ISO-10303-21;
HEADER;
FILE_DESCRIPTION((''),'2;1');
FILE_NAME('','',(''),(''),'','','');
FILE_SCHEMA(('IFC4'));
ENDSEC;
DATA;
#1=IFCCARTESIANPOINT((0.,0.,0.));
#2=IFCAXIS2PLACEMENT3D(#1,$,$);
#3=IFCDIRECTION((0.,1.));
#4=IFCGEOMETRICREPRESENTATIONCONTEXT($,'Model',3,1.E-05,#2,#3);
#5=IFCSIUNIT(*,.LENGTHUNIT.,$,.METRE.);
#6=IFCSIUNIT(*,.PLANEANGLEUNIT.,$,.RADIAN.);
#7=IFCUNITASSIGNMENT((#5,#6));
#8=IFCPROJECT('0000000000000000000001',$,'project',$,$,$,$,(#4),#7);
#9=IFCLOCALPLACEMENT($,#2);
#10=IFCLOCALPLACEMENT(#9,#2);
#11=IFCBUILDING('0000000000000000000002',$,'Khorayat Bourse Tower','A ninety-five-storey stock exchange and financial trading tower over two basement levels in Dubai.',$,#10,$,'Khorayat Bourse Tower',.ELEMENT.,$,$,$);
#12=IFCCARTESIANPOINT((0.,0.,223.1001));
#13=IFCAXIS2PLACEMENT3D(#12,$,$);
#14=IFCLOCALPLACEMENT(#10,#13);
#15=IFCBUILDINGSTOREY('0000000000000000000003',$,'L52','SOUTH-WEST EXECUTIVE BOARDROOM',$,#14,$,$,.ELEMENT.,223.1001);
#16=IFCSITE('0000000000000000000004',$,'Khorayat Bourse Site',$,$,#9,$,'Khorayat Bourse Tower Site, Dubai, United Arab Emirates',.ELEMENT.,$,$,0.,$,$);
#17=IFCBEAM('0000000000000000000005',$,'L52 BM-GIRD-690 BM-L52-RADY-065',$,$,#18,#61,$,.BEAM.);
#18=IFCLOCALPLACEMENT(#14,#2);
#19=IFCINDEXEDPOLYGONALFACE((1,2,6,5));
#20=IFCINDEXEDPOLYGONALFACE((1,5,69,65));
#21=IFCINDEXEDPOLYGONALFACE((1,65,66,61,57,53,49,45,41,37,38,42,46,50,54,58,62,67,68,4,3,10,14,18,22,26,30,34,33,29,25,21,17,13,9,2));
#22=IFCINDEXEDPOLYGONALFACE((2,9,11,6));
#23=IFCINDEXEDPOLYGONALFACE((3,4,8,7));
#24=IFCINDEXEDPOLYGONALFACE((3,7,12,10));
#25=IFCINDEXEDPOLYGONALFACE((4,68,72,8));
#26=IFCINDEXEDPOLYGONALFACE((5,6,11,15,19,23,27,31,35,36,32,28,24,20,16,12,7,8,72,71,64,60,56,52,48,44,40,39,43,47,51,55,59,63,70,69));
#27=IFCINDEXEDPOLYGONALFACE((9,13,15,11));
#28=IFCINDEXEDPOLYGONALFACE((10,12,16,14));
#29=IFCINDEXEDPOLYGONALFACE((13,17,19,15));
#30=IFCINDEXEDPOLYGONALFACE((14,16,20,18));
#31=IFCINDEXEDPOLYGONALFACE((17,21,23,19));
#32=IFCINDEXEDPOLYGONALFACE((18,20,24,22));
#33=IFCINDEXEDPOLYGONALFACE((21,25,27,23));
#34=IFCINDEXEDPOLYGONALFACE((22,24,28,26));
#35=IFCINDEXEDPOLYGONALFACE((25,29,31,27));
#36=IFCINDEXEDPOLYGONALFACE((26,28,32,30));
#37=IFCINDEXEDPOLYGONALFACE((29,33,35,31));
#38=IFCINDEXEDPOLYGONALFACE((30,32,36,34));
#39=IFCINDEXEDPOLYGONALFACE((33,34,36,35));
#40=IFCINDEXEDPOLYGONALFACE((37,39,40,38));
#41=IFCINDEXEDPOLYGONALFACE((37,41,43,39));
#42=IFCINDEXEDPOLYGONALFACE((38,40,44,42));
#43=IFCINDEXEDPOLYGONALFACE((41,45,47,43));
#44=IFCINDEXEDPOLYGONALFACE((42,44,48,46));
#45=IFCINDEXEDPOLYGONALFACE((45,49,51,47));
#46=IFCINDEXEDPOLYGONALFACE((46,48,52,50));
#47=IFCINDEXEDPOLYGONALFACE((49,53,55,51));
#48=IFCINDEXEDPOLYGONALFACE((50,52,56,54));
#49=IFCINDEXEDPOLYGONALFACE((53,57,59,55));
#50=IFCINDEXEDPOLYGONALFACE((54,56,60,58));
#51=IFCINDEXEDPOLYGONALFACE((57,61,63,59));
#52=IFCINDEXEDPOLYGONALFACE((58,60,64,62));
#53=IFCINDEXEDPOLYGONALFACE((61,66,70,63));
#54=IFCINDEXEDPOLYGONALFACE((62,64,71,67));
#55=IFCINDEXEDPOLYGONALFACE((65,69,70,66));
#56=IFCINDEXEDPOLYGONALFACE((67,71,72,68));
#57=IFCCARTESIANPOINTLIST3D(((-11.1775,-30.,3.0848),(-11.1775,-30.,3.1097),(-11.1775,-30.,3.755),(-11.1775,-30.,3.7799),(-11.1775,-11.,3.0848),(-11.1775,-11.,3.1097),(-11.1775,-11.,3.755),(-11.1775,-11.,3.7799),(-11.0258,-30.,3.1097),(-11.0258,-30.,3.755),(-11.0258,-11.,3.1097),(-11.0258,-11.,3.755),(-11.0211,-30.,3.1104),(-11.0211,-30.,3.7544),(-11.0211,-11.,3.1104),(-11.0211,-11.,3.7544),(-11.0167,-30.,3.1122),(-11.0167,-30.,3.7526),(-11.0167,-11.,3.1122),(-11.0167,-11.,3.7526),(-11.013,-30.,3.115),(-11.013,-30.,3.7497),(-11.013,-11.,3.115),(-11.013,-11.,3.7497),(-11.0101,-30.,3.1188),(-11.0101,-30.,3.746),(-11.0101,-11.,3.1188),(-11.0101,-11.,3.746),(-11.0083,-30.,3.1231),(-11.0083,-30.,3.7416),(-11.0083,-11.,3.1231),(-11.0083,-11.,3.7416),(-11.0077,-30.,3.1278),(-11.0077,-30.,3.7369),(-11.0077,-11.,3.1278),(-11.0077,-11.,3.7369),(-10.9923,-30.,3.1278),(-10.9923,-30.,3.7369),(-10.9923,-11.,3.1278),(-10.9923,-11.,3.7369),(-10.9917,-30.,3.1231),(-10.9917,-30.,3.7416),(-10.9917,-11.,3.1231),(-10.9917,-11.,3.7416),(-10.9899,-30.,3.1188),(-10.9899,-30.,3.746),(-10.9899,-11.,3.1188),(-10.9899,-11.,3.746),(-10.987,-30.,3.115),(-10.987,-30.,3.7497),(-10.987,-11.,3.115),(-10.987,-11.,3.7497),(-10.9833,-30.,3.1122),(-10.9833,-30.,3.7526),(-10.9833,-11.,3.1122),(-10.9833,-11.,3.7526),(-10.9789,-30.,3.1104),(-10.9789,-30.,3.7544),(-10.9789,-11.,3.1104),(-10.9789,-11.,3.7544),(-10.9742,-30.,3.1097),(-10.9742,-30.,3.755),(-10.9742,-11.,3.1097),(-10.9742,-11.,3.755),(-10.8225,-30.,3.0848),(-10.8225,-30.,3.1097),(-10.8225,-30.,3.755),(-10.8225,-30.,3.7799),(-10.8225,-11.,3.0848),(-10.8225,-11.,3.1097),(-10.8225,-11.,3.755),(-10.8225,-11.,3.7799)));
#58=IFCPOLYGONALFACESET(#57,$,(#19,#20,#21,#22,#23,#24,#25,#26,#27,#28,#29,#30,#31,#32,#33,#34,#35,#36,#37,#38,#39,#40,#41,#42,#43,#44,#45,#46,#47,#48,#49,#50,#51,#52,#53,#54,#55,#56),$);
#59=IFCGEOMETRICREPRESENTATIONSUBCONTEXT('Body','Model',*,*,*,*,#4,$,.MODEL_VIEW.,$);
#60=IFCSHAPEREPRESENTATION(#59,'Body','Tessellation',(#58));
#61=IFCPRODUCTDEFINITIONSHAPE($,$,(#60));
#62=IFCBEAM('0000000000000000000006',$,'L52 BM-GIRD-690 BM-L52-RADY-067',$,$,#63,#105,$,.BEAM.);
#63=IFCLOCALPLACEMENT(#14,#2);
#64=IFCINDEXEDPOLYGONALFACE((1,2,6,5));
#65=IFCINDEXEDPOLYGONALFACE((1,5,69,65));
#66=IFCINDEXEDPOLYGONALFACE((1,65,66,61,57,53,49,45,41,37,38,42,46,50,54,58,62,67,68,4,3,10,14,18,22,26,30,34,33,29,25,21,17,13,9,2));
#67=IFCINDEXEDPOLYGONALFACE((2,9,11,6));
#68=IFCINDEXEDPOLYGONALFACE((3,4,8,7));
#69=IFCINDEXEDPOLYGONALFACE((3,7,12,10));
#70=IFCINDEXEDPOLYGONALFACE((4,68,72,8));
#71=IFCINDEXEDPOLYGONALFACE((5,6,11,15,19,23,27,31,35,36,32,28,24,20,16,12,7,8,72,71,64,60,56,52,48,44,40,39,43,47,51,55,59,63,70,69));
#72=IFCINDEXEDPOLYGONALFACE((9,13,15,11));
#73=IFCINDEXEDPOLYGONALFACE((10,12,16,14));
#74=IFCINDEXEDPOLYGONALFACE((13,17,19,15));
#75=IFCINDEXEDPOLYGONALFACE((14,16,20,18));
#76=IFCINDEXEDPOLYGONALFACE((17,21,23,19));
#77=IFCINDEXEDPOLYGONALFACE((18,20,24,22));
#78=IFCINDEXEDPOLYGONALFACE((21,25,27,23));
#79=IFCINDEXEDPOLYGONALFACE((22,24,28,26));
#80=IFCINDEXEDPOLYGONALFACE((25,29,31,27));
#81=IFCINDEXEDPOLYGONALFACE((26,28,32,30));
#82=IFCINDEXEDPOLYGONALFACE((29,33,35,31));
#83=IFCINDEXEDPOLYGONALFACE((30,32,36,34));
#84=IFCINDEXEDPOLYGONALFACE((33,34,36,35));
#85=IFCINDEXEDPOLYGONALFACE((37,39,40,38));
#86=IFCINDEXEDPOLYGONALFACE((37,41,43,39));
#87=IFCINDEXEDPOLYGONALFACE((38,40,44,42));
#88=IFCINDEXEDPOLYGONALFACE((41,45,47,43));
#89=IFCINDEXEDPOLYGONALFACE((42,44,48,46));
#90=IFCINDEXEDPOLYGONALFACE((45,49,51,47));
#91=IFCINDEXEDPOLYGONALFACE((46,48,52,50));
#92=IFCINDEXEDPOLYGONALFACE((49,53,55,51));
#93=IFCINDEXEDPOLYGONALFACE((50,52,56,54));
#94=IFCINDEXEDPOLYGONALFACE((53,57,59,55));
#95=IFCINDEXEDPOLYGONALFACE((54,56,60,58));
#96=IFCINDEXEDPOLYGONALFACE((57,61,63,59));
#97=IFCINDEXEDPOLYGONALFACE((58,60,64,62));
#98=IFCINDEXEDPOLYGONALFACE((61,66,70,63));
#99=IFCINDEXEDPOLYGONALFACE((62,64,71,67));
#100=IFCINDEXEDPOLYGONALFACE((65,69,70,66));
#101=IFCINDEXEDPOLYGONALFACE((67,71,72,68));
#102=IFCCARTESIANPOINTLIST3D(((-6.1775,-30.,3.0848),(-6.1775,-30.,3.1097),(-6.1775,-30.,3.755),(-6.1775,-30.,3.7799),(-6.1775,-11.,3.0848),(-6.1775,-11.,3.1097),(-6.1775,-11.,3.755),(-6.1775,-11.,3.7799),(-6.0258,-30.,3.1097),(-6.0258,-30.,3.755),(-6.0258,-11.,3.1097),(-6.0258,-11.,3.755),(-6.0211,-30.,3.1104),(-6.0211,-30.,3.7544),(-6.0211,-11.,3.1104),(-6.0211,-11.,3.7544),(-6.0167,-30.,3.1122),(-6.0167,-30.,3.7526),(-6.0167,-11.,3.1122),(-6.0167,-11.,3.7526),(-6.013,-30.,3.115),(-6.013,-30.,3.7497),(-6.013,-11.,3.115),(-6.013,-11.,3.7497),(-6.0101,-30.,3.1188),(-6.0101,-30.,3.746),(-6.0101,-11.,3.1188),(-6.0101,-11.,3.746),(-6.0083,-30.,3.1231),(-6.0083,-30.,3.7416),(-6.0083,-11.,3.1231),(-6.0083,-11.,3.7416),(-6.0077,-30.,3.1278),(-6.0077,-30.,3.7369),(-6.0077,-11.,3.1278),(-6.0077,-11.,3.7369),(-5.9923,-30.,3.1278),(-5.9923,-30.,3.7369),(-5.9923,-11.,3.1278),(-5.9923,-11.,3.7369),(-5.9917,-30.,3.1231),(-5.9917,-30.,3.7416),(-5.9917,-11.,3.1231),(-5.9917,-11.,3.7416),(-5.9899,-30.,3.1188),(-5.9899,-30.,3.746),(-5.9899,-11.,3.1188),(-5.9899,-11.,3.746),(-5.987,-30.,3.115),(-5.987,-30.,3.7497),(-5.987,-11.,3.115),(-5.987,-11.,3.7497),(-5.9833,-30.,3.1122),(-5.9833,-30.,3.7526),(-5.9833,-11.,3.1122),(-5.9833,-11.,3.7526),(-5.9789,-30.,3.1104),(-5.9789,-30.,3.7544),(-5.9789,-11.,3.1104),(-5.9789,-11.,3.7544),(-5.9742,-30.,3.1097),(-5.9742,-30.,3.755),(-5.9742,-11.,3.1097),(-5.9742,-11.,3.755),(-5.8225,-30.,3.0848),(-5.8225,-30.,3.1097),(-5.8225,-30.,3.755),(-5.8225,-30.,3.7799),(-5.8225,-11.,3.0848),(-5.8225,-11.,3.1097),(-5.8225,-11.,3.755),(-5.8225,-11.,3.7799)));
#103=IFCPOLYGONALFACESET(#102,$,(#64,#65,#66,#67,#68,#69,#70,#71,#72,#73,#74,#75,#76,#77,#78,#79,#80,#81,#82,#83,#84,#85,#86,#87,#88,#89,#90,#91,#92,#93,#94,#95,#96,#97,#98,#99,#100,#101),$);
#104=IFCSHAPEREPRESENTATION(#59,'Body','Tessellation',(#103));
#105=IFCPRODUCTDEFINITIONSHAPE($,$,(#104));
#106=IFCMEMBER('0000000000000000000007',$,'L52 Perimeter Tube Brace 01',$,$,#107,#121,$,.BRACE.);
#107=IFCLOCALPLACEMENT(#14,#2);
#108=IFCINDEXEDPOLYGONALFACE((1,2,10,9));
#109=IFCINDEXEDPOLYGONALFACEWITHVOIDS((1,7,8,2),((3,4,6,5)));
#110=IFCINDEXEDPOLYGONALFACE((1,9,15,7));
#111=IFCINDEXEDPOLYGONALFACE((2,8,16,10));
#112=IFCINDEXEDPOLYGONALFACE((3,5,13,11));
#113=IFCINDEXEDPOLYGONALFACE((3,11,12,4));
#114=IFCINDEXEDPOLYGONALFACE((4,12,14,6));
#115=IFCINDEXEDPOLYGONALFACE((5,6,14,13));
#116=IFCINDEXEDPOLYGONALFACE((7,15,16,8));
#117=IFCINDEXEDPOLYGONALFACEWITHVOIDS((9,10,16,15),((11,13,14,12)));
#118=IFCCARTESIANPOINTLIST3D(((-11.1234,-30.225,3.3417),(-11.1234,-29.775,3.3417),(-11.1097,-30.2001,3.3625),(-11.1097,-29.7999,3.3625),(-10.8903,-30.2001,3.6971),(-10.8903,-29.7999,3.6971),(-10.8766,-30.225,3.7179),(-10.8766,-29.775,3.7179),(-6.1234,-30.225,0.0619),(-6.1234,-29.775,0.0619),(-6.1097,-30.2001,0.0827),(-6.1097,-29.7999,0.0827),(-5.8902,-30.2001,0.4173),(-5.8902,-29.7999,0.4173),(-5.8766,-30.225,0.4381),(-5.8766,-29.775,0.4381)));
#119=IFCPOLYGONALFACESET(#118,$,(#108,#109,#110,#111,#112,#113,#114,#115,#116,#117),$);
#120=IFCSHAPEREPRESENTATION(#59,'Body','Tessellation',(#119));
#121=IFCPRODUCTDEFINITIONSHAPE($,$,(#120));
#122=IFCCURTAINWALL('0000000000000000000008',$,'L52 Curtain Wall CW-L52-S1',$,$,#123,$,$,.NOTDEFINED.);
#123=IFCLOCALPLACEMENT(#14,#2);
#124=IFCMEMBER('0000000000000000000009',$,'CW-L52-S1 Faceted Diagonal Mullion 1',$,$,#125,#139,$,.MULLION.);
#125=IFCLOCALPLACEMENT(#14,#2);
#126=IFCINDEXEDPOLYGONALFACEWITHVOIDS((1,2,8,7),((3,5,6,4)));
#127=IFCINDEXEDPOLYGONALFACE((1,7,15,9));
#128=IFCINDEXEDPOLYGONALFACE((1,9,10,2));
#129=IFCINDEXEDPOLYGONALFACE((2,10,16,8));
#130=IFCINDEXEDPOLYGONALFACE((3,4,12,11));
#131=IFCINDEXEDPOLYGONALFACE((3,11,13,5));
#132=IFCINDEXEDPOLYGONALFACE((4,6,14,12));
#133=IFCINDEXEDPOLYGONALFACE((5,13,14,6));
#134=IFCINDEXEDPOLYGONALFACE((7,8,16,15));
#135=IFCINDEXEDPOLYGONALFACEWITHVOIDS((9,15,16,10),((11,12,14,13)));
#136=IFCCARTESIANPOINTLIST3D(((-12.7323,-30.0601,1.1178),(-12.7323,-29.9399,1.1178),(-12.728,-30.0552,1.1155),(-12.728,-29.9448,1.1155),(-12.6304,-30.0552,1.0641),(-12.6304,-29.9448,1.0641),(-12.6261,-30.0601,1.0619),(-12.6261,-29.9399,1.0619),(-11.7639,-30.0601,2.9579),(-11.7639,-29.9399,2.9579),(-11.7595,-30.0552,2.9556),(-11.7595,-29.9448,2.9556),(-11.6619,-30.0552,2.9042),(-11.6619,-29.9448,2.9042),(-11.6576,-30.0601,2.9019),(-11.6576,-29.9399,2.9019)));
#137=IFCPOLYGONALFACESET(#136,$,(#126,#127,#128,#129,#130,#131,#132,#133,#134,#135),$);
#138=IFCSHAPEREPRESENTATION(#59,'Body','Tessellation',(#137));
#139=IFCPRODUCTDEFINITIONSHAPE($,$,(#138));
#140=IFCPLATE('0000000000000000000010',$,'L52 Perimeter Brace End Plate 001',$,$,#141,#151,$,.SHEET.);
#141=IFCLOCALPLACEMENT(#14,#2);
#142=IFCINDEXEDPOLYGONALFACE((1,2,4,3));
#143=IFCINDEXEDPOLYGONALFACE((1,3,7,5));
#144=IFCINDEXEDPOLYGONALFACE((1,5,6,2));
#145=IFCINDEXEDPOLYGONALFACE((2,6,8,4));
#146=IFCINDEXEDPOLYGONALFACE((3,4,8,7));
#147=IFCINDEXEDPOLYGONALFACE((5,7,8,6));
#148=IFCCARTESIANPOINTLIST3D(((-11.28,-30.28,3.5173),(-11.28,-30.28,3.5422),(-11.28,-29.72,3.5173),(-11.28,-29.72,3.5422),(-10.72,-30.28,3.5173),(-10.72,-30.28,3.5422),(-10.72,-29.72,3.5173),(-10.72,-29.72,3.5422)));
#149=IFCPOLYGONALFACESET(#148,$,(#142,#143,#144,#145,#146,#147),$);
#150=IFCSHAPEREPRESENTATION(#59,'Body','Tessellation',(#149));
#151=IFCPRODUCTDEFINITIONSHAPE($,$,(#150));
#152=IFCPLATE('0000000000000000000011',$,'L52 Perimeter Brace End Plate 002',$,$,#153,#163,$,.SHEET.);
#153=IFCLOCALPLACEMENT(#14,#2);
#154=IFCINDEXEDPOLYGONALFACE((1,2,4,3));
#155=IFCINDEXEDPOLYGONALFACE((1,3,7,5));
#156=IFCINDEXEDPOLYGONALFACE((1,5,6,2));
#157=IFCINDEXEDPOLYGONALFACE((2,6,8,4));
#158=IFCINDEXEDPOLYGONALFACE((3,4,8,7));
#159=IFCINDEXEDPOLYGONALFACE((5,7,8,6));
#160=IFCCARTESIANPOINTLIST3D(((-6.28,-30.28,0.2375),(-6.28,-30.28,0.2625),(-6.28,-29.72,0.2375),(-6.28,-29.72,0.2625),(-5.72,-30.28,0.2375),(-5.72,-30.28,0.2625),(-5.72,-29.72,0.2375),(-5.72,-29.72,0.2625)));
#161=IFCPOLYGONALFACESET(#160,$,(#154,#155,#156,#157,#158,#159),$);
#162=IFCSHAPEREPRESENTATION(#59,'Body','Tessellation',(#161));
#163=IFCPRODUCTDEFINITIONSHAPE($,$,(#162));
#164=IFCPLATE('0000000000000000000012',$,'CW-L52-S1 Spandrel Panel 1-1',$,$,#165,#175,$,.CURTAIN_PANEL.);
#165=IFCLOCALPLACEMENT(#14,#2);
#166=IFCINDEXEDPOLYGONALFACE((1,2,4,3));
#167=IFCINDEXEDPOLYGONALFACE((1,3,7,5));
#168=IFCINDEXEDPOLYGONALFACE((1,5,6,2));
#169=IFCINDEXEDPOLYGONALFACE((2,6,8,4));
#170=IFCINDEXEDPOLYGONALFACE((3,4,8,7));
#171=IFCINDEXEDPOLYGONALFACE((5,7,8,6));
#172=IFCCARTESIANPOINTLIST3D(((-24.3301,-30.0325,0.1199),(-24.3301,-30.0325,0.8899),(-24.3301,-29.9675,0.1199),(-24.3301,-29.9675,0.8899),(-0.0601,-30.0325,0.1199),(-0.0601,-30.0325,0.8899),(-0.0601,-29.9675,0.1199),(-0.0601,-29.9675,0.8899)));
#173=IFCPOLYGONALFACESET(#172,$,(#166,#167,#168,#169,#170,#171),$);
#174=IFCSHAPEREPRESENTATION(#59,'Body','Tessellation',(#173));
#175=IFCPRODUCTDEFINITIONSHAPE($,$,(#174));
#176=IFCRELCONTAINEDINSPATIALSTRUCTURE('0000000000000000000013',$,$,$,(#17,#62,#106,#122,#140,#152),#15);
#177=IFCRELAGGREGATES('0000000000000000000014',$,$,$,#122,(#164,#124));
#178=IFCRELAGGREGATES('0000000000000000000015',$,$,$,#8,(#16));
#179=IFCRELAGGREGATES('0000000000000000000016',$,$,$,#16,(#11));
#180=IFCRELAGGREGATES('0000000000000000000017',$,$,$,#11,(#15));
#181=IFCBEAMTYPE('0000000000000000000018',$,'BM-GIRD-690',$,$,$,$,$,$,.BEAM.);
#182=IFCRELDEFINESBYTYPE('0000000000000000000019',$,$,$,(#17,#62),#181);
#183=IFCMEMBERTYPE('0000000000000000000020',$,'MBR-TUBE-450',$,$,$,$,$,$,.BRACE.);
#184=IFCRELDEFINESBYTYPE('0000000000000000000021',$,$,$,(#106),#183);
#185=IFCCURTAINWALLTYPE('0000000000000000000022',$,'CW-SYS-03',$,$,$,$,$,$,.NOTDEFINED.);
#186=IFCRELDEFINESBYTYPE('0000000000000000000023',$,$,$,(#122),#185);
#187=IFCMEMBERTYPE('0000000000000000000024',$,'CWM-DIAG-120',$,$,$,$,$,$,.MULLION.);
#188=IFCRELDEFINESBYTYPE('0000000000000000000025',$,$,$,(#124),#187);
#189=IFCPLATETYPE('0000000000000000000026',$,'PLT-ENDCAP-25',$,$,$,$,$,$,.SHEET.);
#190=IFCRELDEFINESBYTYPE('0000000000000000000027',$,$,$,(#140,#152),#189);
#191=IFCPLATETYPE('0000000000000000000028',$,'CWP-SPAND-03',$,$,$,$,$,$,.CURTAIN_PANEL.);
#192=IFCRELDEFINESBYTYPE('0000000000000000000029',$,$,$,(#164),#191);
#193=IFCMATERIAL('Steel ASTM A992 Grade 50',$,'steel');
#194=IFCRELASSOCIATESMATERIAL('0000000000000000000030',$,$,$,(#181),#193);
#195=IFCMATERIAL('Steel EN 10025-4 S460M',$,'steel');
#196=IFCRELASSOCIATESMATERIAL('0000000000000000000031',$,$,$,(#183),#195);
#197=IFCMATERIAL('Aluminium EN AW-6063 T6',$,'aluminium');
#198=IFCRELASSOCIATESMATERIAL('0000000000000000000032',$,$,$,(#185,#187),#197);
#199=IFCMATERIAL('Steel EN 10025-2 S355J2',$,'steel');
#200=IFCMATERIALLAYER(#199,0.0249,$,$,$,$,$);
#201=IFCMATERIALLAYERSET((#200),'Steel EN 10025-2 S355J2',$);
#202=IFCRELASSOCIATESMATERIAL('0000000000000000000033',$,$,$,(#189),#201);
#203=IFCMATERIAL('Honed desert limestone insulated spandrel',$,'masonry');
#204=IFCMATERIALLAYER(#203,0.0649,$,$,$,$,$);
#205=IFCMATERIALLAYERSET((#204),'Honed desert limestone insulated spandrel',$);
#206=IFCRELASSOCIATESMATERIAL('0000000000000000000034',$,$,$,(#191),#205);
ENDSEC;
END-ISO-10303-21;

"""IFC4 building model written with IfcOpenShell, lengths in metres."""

from ifc_helpers import new_model, si_unit, direction, frame, origin, origin_2d, place, context, subcontext, project, spatial, rectangle, hollow_rectangle, i_section, extrude, source, transform, mapped, material, layer, layer_set, material_profile, profile_set, type_object, element, aggregate, save


model = new_model("IFC4")

# Units and contexts
model_context = context("Model", 3, precision=1e-05, world=origin(), true_north=direction((0.0, 1.0)))
body_context = subcontext(model_context, "Body", "Model", "MODEL_VIEW")
ifc_project = project(units=[si_unit("LENGTHUNIT", "METRE"), si_unit("PLANEANGLEUNIT", "RADIAN")], contexts=[model_context])

# Site, building, storey
site_placement = place(None, origin())
site = spatial("IfcSite", under=ifc_project, at=site_placement, Name="Khorayat Bourse Site", LongName="Khorayat Bourse Tower Site, Dubai, United Arab Emirates", CompositionType="ELEMENT", RefElevation=0.0)
building_placement = place(site_placement, origin())
building = spatial("IfcBuilding", under=site, at=building_placement, Name="Khorayat Bourse Tower", Description="A ninety-five-storey stock exchange and financial trading tower over two basement levels in Dubai.", LongName="Khorayat Bourse Tower", CompositionType="ELEMENT")
storey_placement = place(building_placement, frame((0.0, 0.0, 223.1001)))
storey = spatial("IfcBuildingStorey", under=building, at=storey_placement, Name="L52", Description="SOUTH-WEST EXECUTIVE BOARDROOM", CompositionType="ELEMENT", Elevation=223.1001)

# Shared definitions
ifc_material_1 = material(Name="Steel EN 10025-4 S460M", Category="steel")

# Beams
ifc_material_2 = material(Name="Steel ASTM A992 Grade 50", Category="steel")
ifc_material_profile_1 = material_profile(ifc_material_2, i_section(OverallWidth=0.355, OverallDepth=0.6951, WebThickness=0.0154, FlangeThickness=0.0249, FilletRadius=0.0181, at=origin_2d()), Name="W690X217")
ifc_profile_set_1 = profile_set([ifc_material_profile_1], Name="Steel ASTM A992 Grade 50")
beam_type_1 = type_object("IfcBeamType", Name="BM-GIRD-690", PredefinedType="BEAM", material=ifc_profile_set_1)
shared_shape_1 = source(origin(), body_context, "Body", "SweptSolid", [
    extrude(i_section(OverallWidth=0.355, OverallDepth=0.6951, WebThickness=0.0154, FlangeThickness=0.0249, FilletRadius=0.0181, at=origin_2d()), origin(), (0.0, 0.0, 1.0), 19.0),
])
for number, where, z_axis, x_axis, name in (
    (1, (-11.0, -30.0, 3.4324), (0.0, 1.0, 0.0), (-1.0, 0.0, 0.0), "L52 BM-GIRD-690 BM-L52-RADY-065"),
    (2, (-6.0, -30.0, 3.4324), (0.0, 1.0, 0.0), (-1.0, 0.0, 0.0), "L52 BM-GIRD-690 BM-L52-RADY-067"),
):
    element("IfcBeam", number, at=place(storey_placement, frame(where, z_axis=z_axis, x_axis=x_axis)), inside=storey, type_object=beam_type_1, Name=name, PredefinedType="BEAM", context=body_context, shape_type="MappedRepresentation", body=[
        mapped(shared_shape_1, transform((0.0, 0.0, 0.0), scale=1.0)),
    ])

# Member
ifc_material_profile_2 = material_profile(ifc_material_1, hollow_rectangle(XDim=0.45, YDim=0.45, WallThickness=0.0249, at=origin_2d()), Name="HSS 450x450x25")
ifc_profile_set_2 = profile_set([ifc_material_profile_2], Name="Steel EN 10025-4 S460M")
member_type_1 = type_object("IfcMemberType", Name="MBR-TUBE-450", PredefinedType="BRACE", material=ifc_profile_set_2)
shared_shape_2 = source(origin(), body_context, "Body", "SweptSolid", [
    extrude(hollow_rectangle(XDim=0.45, YDim=0.45, WallThickness=0.0249, at=origin_2d()), origin(), (0.0, 0.0, 1.0), 5.9797),
])
member_1_placement = place(storey_placement, frame((-11.0, -30.0, 3.5298), z_axis=(0.83616, 0.0, -0.548485), x_axis=(0.0, 1.0, 0.0)))
element("IfcMember", 3, at=member_1_placement, inside=storey, type_object=member_type_1, Name="L52 Perimeter Tube Brace 01", PredefinedType="BRACE", context=body_context, shape_type="MappedRepresentation", body=[
    mapped(shared_shape_2, transform((0.0, 0.0, 0.0), scale=1.0)),
])

# Curtain wall, member
ifc_material_3 = material(Name="Aluminium EN AW-6063 T6", Category="aluminium")
curtain_wall_type = type_object("IfcCurtainWallType", Name="CW-SYS-03", PredefinedType="NOTDEFINED", material=ifc_material_3)
curtain_wall_placement = place(storey_placement, origin())
curtain_wall = element("IfcCurtainWall", 4, at=curtain_wall_placement, inside=storey, type_object=curtain_wall_type, Name="L52 Curtain Wall CW-L52-S1", PredefinedType="NOTDEFINED")
ifc_material_profile_3 = material_profile(ifc_material_3, hollow_rectangle(XDim=0.1201, YDim=0.1201, WallThickness=0.0049, at=origin_2d()), Name="ALU 120x120x5")
ifc_profile_set_3 = profile_set([ifc_material_profile_3], Name="Aluminium EN AW-6063 T6")
member_type_2 = type_object("IfcMemberType", Name="CWM-DIAG-120", PredefinedType="MULLION", material=ifc_profile_set_3)
shared_shape_3 = source(origin(), body_context, "Body", "SweptSolid", [
    extrude(hollow_rectangle(XDim=0.1201, YDim=0.1201, WallThickness=0.0049, at=origin_2d()), origin(), (0.0, 0.0, 1.0), 2.0793),
])
member_2_placement = place(storey_placement, frame((-12.6792, -30.0, 1.0898), z_axis=(0.465761, 0.0, 0.884911), x_axis=(0.0, 1.0, 0.0)))
member_2 = element("IfcMember", 5, at=member_2_placement, type_object=member_type_2, Name="CW-L52-S1 Faceted Diagonal Mullion 1", PredefinedType="MULLION", context=body_context, shape_type="MappedRepresentation", body=[
    mapped(shared_shape_3, transform((0.0, 0.0, 0.0), scale=1.0)),
])

# Plates
ifc_material_4 = material(Name="Steel EN 10025-2 S355J2", Category="steel")
ifc_layer_1 = layer(ifc_material_4, 0.0249)
ifc_layer_set_1 = layer_set([ifc_layer_1], Name="Steel EN 10025-2 S355J2")
plate_type_1 = type_object("IfcPlateType", Name="PLT-ENDCAP-25", PredefinedType="SHEET", material=ifc_layer_set_1)
shared_shape_4 = source(origin(), body_context, "Body", "SweptSolid", [
    extrude(rectangle(XDim=0.5601, YDim=0.5601, at=origin_2d()), origin(), (0.0, 0.0, 1.0), 0.0249),
])
for number, where, z_axis, x_axis, name in (
    (6, (-11.0, -30.0, 3.5173), (0.0, 0.0, 1.0), (1.0, 0.0, 0.0), "L52 Perimeter Brace End Plate 001"),
    (7, (-6.0, -30.0, 0.2375), (0.0, 0.0, 1.0), (1.0, 0.0, 0.0), "L52 Perimeter Brace End Plate 002"),
):
    element("IfcPlate", number, at=place(storey_placement, frame(where, z_axis=z_axis, x_axis=x_axis)), inside=storey, type_object=plate_type_1, Name=name, PredefinedType="SHEET", context=body_context, shape_type="MappedRepresentation", body=[
        mapped(shared_shape_4, transform((0.0, 0.0, 0.0), scale=1.0)),
    ])

# Plate
ifc_material_5 = material(Name="Honed desert limestone insulated spandrel", Category="masonry")
ifc_layer_2 = layer(ifc_material_5, 0.0649)
ifc_layer_set_2 = layer_set([ifc_layer_2], Name="Honed desert limestone insulated spandrel")
plate_type_2 = type_object("IfcPlateType", Name="CWP-SPAND-03", PredefinedType="CURTAIN_PANEL", material=ifc_layer_set_2)
shared_shape_5 = source(origin(), body_context, "Body", "SweptSolid", [
    extrude(rectangle(XDim=24.27, YDim=0.0649, at=origin_2d()), origin(), (0.0, 0.0, 1.0), 0.77),
])
plate_1_placement = place(storey_placement, frame((-12.1951, -30.0, 0.1199), z_axis=(0.0, 0.0, 1.0), x_axis=(1.0, 0.0, 0.0)))
plate_1 = element("IfcPlate", 8, at=plate_1_placement, type_object=plate_type_2, Name="CW-L52-S1 Spandrel Panel 1-1", PredefinedType="CURTAIN_PANEL", context=body_context, shape_type="MappedRepresentation", body=[
    mapped(shared_shape_5, transform((0.0, 0.0, 0.0), scale=1.0)),
])
aggregate(curtain_wall, [plate_1, member_2])

save(model, "model.ifc")
